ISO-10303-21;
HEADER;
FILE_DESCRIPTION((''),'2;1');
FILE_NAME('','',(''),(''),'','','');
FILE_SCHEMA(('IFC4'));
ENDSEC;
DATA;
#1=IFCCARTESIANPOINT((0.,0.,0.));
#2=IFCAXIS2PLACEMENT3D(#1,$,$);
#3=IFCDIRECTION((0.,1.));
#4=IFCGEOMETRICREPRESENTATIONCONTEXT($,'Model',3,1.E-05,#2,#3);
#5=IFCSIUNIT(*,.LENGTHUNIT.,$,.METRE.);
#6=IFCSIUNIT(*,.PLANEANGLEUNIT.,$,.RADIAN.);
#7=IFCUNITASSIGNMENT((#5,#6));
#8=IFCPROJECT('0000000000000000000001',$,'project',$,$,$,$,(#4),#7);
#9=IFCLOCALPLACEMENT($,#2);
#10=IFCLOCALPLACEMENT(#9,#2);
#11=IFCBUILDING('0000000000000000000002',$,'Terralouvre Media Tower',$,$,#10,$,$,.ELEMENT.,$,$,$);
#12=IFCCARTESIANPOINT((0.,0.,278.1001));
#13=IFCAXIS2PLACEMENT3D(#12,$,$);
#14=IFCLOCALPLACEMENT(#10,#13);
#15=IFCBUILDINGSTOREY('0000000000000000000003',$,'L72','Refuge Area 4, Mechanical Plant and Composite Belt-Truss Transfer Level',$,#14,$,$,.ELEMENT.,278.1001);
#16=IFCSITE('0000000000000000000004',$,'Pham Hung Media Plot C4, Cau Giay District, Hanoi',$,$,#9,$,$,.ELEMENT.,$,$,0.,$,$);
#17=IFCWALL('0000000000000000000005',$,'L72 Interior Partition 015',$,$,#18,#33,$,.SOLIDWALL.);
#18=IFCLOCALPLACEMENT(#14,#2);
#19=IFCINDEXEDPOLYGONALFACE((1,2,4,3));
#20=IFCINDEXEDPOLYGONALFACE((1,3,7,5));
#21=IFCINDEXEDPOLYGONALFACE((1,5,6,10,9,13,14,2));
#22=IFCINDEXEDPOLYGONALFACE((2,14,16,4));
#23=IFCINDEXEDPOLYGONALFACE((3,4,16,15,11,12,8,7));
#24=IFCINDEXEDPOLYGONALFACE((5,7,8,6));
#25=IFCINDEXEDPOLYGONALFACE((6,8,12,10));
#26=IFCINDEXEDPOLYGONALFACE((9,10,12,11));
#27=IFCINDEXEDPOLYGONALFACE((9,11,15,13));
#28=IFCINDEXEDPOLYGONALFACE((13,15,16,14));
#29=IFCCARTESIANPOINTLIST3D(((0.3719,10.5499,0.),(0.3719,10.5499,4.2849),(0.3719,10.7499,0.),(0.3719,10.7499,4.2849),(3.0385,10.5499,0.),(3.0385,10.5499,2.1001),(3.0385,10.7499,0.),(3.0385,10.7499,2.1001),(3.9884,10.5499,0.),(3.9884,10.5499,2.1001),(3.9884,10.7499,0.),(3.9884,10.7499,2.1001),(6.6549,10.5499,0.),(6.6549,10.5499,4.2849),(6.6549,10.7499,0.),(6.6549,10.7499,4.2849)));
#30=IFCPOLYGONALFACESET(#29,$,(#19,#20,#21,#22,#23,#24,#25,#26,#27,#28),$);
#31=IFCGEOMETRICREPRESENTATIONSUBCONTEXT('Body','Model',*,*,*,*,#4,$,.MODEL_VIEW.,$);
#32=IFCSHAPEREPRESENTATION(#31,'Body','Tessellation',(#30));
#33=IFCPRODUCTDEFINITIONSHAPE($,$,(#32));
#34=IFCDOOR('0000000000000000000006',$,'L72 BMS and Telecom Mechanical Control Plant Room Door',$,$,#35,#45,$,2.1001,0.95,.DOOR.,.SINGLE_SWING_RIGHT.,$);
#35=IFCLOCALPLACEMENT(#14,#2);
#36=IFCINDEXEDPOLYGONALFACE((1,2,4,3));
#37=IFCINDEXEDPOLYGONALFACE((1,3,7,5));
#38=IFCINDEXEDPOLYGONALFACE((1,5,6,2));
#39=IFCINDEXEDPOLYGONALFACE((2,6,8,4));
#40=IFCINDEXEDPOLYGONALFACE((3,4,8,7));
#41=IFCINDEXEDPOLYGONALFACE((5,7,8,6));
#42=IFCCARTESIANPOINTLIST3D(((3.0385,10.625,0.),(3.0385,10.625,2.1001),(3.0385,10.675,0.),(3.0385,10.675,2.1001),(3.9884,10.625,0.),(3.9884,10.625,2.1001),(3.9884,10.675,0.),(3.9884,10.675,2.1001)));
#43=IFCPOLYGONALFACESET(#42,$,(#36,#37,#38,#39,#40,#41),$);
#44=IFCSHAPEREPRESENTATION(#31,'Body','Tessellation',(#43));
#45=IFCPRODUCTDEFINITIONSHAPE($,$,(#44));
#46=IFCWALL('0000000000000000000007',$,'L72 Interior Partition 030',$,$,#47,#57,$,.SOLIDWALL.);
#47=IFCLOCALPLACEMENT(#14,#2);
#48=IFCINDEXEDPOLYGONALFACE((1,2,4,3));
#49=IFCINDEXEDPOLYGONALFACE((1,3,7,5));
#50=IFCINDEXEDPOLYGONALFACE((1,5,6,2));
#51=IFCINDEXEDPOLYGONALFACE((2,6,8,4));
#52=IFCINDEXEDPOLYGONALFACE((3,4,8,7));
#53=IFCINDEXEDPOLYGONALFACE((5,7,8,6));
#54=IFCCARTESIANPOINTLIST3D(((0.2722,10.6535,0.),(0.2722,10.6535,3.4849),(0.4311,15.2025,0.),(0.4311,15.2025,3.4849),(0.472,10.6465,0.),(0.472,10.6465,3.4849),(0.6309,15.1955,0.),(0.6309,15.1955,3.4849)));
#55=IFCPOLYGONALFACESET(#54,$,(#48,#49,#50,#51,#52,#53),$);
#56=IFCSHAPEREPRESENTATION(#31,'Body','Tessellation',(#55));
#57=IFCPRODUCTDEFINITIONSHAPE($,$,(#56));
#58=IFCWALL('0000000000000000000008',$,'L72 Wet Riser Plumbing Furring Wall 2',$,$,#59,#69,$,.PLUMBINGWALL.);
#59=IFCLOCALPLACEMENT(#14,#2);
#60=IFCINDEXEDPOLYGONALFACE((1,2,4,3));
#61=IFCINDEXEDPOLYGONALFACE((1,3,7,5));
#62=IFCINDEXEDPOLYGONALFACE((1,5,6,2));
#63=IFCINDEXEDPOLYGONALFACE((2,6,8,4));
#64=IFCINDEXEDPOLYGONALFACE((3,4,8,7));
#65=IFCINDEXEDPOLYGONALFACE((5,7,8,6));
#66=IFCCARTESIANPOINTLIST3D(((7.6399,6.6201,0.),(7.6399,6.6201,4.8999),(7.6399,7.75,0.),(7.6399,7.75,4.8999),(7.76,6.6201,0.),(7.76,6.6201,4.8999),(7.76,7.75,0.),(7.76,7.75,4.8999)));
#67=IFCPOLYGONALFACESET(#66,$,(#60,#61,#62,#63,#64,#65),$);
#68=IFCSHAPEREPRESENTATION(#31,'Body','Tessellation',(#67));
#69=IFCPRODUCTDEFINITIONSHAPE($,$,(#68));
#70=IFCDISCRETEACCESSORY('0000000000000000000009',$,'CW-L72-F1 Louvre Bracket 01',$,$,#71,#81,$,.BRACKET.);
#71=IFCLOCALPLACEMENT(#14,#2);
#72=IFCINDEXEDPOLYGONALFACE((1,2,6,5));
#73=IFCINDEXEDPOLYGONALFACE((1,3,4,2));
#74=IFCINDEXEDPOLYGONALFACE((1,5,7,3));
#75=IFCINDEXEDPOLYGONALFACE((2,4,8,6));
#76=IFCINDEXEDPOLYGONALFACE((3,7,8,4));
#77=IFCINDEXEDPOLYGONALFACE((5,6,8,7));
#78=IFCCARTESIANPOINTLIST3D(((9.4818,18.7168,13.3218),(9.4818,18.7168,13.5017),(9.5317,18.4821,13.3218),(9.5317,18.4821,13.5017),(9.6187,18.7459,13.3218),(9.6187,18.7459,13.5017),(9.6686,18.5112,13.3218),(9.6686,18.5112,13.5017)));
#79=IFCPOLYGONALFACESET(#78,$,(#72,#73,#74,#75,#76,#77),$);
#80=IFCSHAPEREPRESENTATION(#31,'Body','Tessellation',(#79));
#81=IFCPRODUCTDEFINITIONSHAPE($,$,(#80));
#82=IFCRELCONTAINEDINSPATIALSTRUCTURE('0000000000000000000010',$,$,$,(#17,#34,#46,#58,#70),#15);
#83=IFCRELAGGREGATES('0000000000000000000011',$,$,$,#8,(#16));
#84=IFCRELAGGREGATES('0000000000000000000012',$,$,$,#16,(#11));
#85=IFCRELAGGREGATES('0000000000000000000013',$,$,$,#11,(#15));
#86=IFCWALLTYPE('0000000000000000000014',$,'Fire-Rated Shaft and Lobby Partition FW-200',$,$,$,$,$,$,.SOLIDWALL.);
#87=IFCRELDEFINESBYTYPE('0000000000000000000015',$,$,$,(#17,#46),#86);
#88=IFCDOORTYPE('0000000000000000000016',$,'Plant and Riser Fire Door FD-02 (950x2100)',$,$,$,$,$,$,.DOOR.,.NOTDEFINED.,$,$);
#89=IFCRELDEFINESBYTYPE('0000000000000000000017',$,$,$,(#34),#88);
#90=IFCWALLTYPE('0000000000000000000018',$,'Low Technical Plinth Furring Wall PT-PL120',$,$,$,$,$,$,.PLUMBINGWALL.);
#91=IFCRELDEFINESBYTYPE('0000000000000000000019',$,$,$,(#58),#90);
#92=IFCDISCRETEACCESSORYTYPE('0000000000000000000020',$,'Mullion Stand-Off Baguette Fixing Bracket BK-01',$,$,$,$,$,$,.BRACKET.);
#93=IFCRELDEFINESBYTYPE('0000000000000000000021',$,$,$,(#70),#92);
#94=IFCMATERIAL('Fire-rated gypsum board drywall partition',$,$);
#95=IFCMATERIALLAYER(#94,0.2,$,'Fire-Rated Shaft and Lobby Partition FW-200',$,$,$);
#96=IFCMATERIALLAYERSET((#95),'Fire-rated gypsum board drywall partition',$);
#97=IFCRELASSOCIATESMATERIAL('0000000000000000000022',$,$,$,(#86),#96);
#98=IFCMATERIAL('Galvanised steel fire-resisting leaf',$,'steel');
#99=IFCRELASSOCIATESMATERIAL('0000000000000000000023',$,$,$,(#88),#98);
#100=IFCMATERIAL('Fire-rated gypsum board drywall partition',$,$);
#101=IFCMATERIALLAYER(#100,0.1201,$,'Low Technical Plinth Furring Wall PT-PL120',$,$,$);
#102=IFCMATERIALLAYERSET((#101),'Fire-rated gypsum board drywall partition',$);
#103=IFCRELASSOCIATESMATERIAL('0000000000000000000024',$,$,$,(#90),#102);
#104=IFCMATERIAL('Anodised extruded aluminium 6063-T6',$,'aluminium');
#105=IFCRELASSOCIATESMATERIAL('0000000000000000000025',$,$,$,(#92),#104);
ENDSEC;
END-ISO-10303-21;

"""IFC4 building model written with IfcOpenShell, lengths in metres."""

from ifc_helpers import new_model, si_unit, direction, frame, frame_2d, origin, origin_2d, place, context, subcontext, project, spatial, rectangle, extrude, material, layer, layer_set, type_object, element, fill, save


model = new_model("IFC4")

# Units and contexts
model_context = context("Model", 3, precision=1e-05, world=origin(), true_north=direction((0.0, 1.0)))
body_context = subcontext(model_context, "Body", "Model", "MODEL_VIEW")
ifc_project = project(units=[si_unit("LENGTHUNIT", "METRE"), si_unit("PLANEANGLEUNIT", "RADIAN")], contexts=[model_context])

# Site, building, storey
site_placement = place(None, origin())
site = spatial("IfcSite", under=ifc_project, at=site_placement, Name="Pham Hung Media Plot C4, Cau Giay District, Hanoi", CompositionType="ELEMENT", RefElevation=0.0)
building_placement = place(site_placement, origin())
building = spatial("IfcBuilding", under=site, at=building_placement, Name="Terralouvre Media Tower", CompositionType="ELEMENT")
storey_placement = place(building_placement, frame((0.0, 0.0, 278.1001)))
storey = spatial("IfcBuildingStorey", under=building, at=storey_placement, Name="L72", Description="Refuge Area 4, Mechanical Plant and Composite Belt-Truss Transfer Level", CompositionType="ELEMENT", Elevation=278.1001)

# Shared definitions
ifc_material_1 = material(Name="Fire-rated gypsum board drywall partition")
ifc_layer_1 = layer(ifc_material_1, 0.2, Name="Fire-Rated Shaft and Lobby Partition FW-200")
ifc_layer_set_1 = layer_set([ifc_layer_1], Name="Fire-rated gypsum board drywall partition")
wall_type_1 = type_object("IfcWallType", Name="Fire-Rated Shaft and Lobby Partition FW-200", PredefinedType="SOLIDWALL", material=ifc_layer_set_1)

# Wall, opening, door
wall_1_placement = place(storey_placement, frame((6.655, 10.6499, 0.0), z_axis=(0.0, 0.0, 1.0), x_axis=(-1.0, 0.0, 0.0)))
wall_1 = element("IfcWall", 1, at=wall_1_placement, inside=storey, type_object=wall_type_1, Name="L72 Interior Partition 015", PredefinedType="SOLIDWALL", context=body_context, shape_type="SweptSolid", body=[
    extrude(rectangle(XDim=6.283, YDim=0.2, at=frame_2d((3.1416, 0.0))), origin(), (0.0, 0.0, 1.0), 4.2849),
])
opening_1_placement = place(wall_1_placement, frame((2.6665, 0.0, 0.0)))
opening_1 = element("IfcOpeningElement", 2, at=opening_1_placement, cuts=wall_1, PredefinedType="OPENING", context=body_context, shape_type="SweptSolid", body=[
    extrude(rectangle(XDim=0.95, YDim=2.1001, at=frame_2d((0.4751, 1.05))), frame((0.0, 0.1099, 0.0), z_axis=(0.0, -1.0, 0.0), x_axis=(1.0, 0.0, 0.0)), (0.0, 0.0, 1.0), 0.22),
])
ifc_material_2 = material(Name="Galvanised steel fire-resisting leaf", Category="steel")
door_type_1 = type_object("IfcDoorType", Name="Plant and Riser Fire Door FD-02 (950x2100)", OperationType="NOTDEFINED", PredefinedType="DOOR", material=ifc_material_2)
door_1_placement = place(opening_1_placement, origin())
door_1 = element("IfcDoor", 3, at=door_1_placement, inside=storey, type_object=door_type_1, Name="L72 BMS and Telecom Mechanical Control Plant Room Door", OperationType="SINGLE_SWING_RIGHT", OverallHeight=2.1001, OverallWidth=0.95, PredefinedType="DOOR", context=body_context, shape_type="SweptSolid", body=[
    extrude(rectangle(XDim=0.95, YDim=2.1001, at=frame_2d((0.4751, 1.05))), frame((0.0, 0.0249, 0.0), z_axis=(0.0, -1.0, 0.0), x_axis=(1.0, 0.0, 0.0)), (0.0, 0.0, 1.0), 0.05),
])
fill(opening_1, door_1)

# Walls
wall_2_placement = place(storey_placement, frame((0.531, 15.199, 0.0), z_axis=(0.0, 0.0, 1.0), x_axis=(-0.034917, -0.99939, 0.0)))
element("IfcWall", 4, at=wall_2_placement, inside=storey, type_object=wall_type_1, Name="L72 Interior Partition 030", PredefinedType="SOLIDWALL", context=body_context, shape_type="SweptSolid", body=[
    extrude(rectangle(XDim=4.5518, YDim=0.2, at=frame_2d((2.2759, 0.0))), origin(), (0.0, 0.0, 1.0), 3.4849),
])
ifc_material_3 = material(Name="Fire-rated gypsum board drywall partition")
ifc_layer_2 = layer(ifc_material_3, 0.1201, Name="Low Technical Plinth Furring Wall PT-PL120")
ifc_layer_set_2 = layer_set([ifc_layer_2], Name="Fire-rated gypsum board drywall partition")
wall_type_2 = type_object("IfcWallType", Name="Low Technical Plinth Furring Wall PT-PL120", PredefinedType="PLUMBINGWALL", material=ifc_layer_set_2)
wall_3_placement = place(storey_placement, frame((7.7, 6.6201, 0.0), z_axis=(0.0, 0.0, 1.0), x_axis=(0.0, 1.0, 0.0)))
element("IfcWall", 5, at=wall_3_placement, inside=storey, type_object=wall_type_2, Name="L72 Wet Riser Plumbing Furring Wall 2", PredefinedType="PLUMBINGWALL", context=body_context, shape_type="SweptSolid", body=[
    extrude(rectangle(XDim=1.1299, YDim=0.1201, at=frame_2d((0.5649, 0.0))), origin(), (0.0, 0.0, 1.0), 4.8999),
])

# Discrete accessory
ifc_material_4 = material(Name="Anodised extruded aluminium 6063-T6", Category="aluminium")
discrete_accessory_type = type_object("IfcDiscreteAccessoryType", Name="Mullion Stand-Off Baguette Fixing Bracket BK-01", PredefinedType="BRACKET", material=ifc_material_4)
discrete_accessory_placement = place(storey_placement, frame((9.5752, 18.614, 13.3218), z_axis=(0.0, 0.0, 1.0), x_axis=(-0.978148, -0.207912, 0.0)))
element("IfcDiscreteAccessory", 6, at=discrete_accessory_placement, inside=storey, type_object=discrete_accessory_type, Name="CW-L72-F1 Louvre Bracket 01", PredefinedType="BRACKET", context=body_context, shape_type="SweptSolid", body=[
    extrude(rectangle(XDim=0.1399, YDim=0.24, at=origin_2d()), origin(), (0.0, 0.0, 1.0), 0.1799),
])

save(model, "model.ifc")
